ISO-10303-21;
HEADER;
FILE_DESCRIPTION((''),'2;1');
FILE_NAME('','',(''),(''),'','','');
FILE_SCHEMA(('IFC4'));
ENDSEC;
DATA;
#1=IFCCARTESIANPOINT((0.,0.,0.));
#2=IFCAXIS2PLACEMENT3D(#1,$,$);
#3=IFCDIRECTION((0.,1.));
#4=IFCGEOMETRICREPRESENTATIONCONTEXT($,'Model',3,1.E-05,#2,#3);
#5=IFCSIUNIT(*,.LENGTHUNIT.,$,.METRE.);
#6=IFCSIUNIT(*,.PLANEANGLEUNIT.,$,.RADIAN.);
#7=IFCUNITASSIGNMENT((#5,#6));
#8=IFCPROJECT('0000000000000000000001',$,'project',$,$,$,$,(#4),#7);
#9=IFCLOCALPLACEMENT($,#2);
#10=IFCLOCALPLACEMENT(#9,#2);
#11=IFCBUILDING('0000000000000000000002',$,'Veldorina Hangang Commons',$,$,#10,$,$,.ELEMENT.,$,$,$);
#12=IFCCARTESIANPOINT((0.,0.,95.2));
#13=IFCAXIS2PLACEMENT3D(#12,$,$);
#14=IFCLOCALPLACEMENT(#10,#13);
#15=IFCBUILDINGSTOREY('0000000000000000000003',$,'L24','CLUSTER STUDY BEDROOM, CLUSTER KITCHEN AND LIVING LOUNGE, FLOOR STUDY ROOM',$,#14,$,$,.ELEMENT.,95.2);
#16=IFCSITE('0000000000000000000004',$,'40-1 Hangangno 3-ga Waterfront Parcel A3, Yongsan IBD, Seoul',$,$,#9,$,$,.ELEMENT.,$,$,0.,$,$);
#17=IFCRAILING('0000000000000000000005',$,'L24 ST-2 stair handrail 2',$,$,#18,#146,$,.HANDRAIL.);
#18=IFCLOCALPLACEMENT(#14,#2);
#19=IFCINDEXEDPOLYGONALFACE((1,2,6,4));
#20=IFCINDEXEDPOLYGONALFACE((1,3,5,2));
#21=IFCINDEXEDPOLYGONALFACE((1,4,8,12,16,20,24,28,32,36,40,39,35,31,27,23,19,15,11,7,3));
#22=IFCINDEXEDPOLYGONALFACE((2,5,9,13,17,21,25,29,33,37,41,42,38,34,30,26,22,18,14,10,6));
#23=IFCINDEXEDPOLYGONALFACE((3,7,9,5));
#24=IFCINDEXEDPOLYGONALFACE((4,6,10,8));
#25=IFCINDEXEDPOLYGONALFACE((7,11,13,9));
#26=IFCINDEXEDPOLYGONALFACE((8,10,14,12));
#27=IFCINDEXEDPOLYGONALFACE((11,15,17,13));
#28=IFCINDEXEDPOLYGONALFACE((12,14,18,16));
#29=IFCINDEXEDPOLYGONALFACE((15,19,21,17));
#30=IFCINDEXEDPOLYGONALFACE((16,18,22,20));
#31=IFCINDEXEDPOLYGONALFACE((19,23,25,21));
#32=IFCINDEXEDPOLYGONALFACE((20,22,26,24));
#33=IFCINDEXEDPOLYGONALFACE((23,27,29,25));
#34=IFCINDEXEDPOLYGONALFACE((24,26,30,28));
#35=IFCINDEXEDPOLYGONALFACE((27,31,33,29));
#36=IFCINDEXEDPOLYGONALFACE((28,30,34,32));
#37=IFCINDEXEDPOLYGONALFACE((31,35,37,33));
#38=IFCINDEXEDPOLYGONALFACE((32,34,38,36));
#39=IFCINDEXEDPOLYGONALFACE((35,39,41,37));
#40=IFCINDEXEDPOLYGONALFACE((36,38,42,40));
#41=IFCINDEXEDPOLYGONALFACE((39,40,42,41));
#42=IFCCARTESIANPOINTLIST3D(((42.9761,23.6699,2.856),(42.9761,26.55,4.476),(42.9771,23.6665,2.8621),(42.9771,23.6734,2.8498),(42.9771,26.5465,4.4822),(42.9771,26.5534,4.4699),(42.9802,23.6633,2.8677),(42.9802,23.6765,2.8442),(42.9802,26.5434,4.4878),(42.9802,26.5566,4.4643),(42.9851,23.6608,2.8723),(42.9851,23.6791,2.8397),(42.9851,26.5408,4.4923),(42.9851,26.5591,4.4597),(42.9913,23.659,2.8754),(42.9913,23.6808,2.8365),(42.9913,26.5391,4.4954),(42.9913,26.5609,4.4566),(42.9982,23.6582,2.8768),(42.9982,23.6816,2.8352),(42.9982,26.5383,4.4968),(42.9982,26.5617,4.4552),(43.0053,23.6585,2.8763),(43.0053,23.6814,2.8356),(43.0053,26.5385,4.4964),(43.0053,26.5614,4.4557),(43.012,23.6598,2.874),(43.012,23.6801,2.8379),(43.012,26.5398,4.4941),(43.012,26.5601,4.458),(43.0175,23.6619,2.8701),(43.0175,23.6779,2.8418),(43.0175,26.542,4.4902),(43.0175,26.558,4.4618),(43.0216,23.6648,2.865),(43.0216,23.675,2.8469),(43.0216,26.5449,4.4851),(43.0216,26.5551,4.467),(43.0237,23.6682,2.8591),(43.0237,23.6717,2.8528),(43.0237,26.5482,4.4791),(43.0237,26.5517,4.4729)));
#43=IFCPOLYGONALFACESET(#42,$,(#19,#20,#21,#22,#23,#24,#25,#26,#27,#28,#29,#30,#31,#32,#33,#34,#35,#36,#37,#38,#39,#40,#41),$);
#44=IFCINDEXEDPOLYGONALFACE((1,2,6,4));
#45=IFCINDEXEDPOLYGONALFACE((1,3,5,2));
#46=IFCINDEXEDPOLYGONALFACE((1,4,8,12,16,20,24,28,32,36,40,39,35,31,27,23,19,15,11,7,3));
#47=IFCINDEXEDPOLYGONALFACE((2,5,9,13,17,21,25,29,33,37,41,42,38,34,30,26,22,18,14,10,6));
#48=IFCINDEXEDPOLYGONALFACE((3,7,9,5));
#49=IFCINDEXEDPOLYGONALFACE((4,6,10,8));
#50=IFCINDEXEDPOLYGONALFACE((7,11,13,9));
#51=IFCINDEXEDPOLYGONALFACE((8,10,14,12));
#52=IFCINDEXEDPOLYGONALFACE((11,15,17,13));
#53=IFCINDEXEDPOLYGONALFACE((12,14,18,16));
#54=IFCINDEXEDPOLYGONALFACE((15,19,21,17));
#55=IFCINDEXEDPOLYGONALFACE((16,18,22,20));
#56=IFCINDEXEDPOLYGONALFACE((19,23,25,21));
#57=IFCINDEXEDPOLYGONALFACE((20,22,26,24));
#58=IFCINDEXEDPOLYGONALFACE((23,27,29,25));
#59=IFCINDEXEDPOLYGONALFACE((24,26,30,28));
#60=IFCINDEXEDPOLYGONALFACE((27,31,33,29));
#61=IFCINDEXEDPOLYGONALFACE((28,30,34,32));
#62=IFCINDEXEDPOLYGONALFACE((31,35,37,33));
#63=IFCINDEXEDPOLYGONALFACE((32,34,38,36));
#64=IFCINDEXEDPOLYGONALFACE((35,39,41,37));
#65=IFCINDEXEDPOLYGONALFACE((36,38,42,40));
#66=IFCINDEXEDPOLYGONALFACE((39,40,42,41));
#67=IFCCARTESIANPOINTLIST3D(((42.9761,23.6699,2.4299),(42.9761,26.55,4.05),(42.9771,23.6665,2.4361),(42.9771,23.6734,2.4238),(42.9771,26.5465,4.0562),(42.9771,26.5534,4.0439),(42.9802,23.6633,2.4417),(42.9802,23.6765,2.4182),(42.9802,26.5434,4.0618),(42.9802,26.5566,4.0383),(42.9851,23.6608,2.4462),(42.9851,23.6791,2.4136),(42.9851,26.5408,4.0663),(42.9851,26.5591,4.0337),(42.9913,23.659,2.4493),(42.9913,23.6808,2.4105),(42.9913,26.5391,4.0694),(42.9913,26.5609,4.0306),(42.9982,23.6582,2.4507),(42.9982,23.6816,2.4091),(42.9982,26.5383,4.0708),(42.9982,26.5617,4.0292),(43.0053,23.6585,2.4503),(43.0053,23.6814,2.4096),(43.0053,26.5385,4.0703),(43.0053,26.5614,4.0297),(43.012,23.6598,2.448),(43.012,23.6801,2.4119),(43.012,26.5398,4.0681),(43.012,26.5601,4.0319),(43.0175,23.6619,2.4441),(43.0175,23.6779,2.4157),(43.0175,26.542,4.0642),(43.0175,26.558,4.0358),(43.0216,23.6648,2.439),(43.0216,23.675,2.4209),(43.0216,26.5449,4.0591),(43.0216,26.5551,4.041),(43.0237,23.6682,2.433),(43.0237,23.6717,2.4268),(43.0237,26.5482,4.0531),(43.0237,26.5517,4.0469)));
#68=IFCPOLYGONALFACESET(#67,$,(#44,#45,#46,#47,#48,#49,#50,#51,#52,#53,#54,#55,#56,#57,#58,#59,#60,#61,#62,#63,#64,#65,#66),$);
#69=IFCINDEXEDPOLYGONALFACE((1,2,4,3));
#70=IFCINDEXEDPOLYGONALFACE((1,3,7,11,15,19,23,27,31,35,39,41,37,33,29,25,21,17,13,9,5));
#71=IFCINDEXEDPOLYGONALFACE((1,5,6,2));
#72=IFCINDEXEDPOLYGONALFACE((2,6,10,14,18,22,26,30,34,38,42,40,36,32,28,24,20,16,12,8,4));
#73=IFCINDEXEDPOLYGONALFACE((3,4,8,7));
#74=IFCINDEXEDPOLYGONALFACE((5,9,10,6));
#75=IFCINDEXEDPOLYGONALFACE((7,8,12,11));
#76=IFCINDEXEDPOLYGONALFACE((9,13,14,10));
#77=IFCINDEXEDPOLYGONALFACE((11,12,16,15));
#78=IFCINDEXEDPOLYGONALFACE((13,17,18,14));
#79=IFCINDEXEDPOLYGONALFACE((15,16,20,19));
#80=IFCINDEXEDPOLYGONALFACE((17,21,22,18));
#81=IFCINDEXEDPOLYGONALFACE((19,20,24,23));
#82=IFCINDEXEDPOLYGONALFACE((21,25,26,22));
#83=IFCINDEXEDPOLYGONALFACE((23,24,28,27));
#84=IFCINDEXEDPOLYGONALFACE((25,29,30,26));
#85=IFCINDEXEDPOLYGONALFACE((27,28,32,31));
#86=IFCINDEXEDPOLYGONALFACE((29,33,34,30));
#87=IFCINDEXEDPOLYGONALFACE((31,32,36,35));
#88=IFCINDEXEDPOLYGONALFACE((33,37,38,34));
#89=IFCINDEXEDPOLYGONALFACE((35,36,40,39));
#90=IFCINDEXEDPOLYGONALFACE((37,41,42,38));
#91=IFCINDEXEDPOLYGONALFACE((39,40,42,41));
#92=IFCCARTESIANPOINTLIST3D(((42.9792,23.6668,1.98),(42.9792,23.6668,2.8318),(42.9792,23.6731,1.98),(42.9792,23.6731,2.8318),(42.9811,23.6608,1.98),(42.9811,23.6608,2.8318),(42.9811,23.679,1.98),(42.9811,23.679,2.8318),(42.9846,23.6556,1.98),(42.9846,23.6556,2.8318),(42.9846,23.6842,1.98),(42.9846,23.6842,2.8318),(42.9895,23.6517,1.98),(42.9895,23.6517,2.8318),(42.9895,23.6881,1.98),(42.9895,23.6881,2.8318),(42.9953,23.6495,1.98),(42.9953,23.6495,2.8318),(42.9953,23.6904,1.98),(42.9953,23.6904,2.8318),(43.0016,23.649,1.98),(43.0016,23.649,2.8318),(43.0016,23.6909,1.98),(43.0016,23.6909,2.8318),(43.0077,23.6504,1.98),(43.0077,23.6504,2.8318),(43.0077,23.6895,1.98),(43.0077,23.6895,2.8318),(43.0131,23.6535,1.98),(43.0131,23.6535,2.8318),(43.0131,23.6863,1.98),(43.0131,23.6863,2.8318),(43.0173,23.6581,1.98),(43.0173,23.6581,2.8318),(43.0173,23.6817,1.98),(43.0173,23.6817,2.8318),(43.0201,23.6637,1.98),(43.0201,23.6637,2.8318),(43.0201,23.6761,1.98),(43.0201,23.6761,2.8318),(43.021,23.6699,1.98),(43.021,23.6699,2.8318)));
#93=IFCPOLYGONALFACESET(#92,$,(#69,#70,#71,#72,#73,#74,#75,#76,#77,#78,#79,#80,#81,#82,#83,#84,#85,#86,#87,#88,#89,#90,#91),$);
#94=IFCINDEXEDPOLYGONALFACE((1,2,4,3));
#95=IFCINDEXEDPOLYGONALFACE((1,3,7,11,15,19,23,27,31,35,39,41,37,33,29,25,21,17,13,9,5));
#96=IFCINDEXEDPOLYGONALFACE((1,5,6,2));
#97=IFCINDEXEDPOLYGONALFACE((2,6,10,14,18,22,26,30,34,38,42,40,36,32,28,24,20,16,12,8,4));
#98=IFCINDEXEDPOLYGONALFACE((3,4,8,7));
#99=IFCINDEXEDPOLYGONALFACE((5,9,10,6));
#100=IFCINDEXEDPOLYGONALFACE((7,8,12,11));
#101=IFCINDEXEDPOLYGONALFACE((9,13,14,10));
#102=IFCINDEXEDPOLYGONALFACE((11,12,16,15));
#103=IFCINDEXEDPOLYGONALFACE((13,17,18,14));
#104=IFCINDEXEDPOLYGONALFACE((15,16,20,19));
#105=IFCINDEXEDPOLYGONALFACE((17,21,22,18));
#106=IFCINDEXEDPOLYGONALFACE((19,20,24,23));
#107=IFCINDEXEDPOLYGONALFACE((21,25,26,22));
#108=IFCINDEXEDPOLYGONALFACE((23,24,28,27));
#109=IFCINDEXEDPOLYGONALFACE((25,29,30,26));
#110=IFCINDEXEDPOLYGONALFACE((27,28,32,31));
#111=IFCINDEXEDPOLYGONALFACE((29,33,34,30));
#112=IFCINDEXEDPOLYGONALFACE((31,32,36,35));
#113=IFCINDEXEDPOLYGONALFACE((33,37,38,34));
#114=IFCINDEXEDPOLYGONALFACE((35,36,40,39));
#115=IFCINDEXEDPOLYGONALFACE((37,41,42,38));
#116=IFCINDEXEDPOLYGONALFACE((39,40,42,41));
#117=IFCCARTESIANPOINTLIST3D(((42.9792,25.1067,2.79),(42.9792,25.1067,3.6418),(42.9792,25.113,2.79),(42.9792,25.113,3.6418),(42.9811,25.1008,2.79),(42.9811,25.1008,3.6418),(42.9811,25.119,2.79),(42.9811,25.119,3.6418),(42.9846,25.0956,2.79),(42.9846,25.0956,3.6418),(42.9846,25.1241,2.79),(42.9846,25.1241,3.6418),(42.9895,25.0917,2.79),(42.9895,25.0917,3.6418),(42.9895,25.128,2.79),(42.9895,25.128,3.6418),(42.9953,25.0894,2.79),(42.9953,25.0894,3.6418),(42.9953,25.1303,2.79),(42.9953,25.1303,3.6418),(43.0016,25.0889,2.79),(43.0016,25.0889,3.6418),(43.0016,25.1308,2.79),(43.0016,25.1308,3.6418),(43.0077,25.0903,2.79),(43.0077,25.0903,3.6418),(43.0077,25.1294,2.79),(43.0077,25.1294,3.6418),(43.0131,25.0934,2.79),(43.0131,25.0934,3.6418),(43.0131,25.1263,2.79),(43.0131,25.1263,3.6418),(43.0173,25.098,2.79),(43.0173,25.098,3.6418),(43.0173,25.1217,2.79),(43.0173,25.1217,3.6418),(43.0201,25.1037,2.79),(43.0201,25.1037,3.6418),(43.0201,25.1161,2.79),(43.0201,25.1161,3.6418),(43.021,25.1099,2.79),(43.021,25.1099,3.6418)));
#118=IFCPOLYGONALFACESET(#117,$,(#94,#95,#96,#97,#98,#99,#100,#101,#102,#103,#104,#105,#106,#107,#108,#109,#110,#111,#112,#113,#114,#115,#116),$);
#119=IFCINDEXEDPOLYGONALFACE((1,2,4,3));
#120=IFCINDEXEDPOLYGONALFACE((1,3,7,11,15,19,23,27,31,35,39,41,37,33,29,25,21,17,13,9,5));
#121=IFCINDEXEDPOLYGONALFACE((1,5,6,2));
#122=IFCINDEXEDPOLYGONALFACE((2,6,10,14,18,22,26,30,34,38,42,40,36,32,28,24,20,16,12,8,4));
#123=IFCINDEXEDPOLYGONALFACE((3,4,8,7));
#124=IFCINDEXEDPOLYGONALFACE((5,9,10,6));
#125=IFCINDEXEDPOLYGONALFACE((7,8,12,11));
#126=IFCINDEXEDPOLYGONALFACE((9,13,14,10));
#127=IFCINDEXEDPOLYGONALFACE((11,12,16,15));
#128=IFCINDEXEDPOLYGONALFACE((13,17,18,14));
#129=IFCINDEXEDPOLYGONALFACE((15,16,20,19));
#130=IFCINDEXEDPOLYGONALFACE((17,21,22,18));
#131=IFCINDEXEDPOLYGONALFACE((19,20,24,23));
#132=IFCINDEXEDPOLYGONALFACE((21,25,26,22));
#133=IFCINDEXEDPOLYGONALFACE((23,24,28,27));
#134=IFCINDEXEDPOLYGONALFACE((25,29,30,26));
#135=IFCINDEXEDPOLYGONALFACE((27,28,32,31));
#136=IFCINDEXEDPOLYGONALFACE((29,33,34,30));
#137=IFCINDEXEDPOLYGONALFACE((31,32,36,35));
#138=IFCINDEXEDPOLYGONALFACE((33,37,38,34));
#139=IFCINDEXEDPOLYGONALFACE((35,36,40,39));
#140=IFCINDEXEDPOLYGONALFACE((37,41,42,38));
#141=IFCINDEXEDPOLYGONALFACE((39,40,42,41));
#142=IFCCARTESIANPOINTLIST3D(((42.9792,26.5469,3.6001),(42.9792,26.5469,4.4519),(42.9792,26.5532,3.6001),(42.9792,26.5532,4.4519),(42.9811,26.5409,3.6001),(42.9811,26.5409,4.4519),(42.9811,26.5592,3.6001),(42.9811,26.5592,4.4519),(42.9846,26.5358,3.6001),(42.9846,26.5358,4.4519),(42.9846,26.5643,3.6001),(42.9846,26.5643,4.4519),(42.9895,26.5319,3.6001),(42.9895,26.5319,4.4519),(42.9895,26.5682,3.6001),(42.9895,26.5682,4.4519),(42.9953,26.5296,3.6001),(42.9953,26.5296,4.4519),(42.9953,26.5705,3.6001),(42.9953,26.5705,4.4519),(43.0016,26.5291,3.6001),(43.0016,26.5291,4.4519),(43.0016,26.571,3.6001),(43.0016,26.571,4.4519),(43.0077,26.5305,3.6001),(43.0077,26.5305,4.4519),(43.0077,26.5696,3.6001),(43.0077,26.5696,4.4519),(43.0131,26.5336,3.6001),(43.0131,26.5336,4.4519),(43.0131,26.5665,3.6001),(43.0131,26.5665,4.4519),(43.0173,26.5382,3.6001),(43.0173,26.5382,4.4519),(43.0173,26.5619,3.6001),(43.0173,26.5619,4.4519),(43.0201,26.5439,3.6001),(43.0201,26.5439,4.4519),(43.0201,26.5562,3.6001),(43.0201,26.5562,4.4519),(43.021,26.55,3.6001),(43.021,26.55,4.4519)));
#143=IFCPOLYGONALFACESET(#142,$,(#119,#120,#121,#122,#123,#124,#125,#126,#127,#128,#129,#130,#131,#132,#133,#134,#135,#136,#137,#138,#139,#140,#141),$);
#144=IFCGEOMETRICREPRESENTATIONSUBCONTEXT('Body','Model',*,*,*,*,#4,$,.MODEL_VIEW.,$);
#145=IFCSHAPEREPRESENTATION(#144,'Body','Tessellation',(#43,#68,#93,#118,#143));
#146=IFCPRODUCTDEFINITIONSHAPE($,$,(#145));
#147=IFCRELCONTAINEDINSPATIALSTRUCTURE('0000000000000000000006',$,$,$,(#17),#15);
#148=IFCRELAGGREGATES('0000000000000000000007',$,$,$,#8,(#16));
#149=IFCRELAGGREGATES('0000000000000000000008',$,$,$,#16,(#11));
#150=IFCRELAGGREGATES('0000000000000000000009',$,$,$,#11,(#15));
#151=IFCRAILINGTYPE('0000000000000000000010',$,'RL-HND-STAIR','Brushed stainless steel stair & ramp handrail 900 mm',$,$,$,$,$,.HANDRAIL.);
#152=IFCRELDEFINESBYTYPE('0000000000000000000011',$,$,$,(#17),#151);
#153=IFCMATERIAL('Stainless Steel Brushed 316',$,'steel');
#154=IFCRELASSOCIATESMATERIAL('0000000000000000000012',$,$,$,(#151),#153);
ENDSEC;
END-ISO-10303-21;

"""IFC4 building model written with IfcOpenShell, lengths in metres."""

from ifc_helpers import new_model, si_unit, direction, frame, origin, origin_2d, place, context, subcontext, project, spatial, circle, extrude, material, type_object, element, save


model = new_model("IFC4")

# Units and contexts
model_context = context("Model", 3, precision=1e-05, world=origin(), true_north=direction((0.0, 1.0)))
body_context = subcontext(model_context, "Body", "Model", "MODEL_VIEW")
ifc_project = project(units=[si_unit("LENGTHUNIT", "METRE"), si_unit("PLANEANGLEUNIT", "RADIAN")], contexts=[model_context])

# Site, building, storey
site_placement = place(None, origin())
site = spatial("IfcSite", under=ifc_project, at=site_placement, Name="40-1 Hangangno 3-ga Waterfront Parcel A3, Yongsan IBD, Seoul", CompositionType="ELEMENT", RefElevation=0.0)
building_placement = place(site_placement, origin())
building = spatial("IfcBuilding", under=site, at=building_placement, Name="Veldorina Hangang Commons", CompositionType="ELEMENT")
storey_placement = place(building_placement, frame((0.0, 0.0, 95.2)))
storey = spatial("IfcBuildingStorey", under=building, at=storey_placement, Name="L24", Description="CLUSTER STUDY BEDROOM, CLUSTER KITCHEN AND LIVING LOUNGE, FLOOR STUDY ROOM", CompositionType="ELEMENT", Elevation=95.2)

# Railing
ifc_material_1 = material(Name="Stainless Steel Brushed 316", Category="steel")
railing_type_1 = type_object("IfcRailingType", Name="RL-HND-STAIR", Description="Brushed stainless steel stair & ramp handrail 900 mm", PredefinedType="HANDRAIL", material=ifc_material_1)
railing_1_placement = place(storey_placement, frame((43.0, 23.6699, 1.98)))
element("IfcRailing", 1, at=railing_1_placement, inside=storey, type_object=railing_type_1, Name="L24 ST-2 stair handrail 2", PredefinedType="HANDRAIL", context=body_context, shape_type="SweptSolid", body=[
    extrude(circle(Radius=0.0239, at=origin_2d()), frame((0.0, 0.0, 0.876), z_axis=(0.0, 0.87157, 0.490272), x_axis=(-1.0, 0.0, 0.0)), (0.0, 0.0, 1.0), 3.3044),
    extrude(circle(Radius=0.0239, at=origin_2d()), frame((0.0, 0.0, 0.45), z_axis=(0.0, 0.87157, 0.490272), x_axis=(-1.0, 0.0, 0.0)), (0.0, 0.0, 1.0), 3.3044),
    extrude(circle(Radius=0.021, at=origin_2d()), origin(), (0.0, 0.0, 1.0), 0.8518),
    extrude(circle(Radius=0.021, at=origin_2d()), frame((0.0, 1.4399, 0.8101)), (0.0, 0.0, 1.0), 0.8518),
    extrude(circle(Radius=0.021, at=origin_2d()), frame((0.0, 2.8801, 1.6201)), (0.0, 0.0, 1.0), 0.8518),
])

save(model, "model.ifc")
